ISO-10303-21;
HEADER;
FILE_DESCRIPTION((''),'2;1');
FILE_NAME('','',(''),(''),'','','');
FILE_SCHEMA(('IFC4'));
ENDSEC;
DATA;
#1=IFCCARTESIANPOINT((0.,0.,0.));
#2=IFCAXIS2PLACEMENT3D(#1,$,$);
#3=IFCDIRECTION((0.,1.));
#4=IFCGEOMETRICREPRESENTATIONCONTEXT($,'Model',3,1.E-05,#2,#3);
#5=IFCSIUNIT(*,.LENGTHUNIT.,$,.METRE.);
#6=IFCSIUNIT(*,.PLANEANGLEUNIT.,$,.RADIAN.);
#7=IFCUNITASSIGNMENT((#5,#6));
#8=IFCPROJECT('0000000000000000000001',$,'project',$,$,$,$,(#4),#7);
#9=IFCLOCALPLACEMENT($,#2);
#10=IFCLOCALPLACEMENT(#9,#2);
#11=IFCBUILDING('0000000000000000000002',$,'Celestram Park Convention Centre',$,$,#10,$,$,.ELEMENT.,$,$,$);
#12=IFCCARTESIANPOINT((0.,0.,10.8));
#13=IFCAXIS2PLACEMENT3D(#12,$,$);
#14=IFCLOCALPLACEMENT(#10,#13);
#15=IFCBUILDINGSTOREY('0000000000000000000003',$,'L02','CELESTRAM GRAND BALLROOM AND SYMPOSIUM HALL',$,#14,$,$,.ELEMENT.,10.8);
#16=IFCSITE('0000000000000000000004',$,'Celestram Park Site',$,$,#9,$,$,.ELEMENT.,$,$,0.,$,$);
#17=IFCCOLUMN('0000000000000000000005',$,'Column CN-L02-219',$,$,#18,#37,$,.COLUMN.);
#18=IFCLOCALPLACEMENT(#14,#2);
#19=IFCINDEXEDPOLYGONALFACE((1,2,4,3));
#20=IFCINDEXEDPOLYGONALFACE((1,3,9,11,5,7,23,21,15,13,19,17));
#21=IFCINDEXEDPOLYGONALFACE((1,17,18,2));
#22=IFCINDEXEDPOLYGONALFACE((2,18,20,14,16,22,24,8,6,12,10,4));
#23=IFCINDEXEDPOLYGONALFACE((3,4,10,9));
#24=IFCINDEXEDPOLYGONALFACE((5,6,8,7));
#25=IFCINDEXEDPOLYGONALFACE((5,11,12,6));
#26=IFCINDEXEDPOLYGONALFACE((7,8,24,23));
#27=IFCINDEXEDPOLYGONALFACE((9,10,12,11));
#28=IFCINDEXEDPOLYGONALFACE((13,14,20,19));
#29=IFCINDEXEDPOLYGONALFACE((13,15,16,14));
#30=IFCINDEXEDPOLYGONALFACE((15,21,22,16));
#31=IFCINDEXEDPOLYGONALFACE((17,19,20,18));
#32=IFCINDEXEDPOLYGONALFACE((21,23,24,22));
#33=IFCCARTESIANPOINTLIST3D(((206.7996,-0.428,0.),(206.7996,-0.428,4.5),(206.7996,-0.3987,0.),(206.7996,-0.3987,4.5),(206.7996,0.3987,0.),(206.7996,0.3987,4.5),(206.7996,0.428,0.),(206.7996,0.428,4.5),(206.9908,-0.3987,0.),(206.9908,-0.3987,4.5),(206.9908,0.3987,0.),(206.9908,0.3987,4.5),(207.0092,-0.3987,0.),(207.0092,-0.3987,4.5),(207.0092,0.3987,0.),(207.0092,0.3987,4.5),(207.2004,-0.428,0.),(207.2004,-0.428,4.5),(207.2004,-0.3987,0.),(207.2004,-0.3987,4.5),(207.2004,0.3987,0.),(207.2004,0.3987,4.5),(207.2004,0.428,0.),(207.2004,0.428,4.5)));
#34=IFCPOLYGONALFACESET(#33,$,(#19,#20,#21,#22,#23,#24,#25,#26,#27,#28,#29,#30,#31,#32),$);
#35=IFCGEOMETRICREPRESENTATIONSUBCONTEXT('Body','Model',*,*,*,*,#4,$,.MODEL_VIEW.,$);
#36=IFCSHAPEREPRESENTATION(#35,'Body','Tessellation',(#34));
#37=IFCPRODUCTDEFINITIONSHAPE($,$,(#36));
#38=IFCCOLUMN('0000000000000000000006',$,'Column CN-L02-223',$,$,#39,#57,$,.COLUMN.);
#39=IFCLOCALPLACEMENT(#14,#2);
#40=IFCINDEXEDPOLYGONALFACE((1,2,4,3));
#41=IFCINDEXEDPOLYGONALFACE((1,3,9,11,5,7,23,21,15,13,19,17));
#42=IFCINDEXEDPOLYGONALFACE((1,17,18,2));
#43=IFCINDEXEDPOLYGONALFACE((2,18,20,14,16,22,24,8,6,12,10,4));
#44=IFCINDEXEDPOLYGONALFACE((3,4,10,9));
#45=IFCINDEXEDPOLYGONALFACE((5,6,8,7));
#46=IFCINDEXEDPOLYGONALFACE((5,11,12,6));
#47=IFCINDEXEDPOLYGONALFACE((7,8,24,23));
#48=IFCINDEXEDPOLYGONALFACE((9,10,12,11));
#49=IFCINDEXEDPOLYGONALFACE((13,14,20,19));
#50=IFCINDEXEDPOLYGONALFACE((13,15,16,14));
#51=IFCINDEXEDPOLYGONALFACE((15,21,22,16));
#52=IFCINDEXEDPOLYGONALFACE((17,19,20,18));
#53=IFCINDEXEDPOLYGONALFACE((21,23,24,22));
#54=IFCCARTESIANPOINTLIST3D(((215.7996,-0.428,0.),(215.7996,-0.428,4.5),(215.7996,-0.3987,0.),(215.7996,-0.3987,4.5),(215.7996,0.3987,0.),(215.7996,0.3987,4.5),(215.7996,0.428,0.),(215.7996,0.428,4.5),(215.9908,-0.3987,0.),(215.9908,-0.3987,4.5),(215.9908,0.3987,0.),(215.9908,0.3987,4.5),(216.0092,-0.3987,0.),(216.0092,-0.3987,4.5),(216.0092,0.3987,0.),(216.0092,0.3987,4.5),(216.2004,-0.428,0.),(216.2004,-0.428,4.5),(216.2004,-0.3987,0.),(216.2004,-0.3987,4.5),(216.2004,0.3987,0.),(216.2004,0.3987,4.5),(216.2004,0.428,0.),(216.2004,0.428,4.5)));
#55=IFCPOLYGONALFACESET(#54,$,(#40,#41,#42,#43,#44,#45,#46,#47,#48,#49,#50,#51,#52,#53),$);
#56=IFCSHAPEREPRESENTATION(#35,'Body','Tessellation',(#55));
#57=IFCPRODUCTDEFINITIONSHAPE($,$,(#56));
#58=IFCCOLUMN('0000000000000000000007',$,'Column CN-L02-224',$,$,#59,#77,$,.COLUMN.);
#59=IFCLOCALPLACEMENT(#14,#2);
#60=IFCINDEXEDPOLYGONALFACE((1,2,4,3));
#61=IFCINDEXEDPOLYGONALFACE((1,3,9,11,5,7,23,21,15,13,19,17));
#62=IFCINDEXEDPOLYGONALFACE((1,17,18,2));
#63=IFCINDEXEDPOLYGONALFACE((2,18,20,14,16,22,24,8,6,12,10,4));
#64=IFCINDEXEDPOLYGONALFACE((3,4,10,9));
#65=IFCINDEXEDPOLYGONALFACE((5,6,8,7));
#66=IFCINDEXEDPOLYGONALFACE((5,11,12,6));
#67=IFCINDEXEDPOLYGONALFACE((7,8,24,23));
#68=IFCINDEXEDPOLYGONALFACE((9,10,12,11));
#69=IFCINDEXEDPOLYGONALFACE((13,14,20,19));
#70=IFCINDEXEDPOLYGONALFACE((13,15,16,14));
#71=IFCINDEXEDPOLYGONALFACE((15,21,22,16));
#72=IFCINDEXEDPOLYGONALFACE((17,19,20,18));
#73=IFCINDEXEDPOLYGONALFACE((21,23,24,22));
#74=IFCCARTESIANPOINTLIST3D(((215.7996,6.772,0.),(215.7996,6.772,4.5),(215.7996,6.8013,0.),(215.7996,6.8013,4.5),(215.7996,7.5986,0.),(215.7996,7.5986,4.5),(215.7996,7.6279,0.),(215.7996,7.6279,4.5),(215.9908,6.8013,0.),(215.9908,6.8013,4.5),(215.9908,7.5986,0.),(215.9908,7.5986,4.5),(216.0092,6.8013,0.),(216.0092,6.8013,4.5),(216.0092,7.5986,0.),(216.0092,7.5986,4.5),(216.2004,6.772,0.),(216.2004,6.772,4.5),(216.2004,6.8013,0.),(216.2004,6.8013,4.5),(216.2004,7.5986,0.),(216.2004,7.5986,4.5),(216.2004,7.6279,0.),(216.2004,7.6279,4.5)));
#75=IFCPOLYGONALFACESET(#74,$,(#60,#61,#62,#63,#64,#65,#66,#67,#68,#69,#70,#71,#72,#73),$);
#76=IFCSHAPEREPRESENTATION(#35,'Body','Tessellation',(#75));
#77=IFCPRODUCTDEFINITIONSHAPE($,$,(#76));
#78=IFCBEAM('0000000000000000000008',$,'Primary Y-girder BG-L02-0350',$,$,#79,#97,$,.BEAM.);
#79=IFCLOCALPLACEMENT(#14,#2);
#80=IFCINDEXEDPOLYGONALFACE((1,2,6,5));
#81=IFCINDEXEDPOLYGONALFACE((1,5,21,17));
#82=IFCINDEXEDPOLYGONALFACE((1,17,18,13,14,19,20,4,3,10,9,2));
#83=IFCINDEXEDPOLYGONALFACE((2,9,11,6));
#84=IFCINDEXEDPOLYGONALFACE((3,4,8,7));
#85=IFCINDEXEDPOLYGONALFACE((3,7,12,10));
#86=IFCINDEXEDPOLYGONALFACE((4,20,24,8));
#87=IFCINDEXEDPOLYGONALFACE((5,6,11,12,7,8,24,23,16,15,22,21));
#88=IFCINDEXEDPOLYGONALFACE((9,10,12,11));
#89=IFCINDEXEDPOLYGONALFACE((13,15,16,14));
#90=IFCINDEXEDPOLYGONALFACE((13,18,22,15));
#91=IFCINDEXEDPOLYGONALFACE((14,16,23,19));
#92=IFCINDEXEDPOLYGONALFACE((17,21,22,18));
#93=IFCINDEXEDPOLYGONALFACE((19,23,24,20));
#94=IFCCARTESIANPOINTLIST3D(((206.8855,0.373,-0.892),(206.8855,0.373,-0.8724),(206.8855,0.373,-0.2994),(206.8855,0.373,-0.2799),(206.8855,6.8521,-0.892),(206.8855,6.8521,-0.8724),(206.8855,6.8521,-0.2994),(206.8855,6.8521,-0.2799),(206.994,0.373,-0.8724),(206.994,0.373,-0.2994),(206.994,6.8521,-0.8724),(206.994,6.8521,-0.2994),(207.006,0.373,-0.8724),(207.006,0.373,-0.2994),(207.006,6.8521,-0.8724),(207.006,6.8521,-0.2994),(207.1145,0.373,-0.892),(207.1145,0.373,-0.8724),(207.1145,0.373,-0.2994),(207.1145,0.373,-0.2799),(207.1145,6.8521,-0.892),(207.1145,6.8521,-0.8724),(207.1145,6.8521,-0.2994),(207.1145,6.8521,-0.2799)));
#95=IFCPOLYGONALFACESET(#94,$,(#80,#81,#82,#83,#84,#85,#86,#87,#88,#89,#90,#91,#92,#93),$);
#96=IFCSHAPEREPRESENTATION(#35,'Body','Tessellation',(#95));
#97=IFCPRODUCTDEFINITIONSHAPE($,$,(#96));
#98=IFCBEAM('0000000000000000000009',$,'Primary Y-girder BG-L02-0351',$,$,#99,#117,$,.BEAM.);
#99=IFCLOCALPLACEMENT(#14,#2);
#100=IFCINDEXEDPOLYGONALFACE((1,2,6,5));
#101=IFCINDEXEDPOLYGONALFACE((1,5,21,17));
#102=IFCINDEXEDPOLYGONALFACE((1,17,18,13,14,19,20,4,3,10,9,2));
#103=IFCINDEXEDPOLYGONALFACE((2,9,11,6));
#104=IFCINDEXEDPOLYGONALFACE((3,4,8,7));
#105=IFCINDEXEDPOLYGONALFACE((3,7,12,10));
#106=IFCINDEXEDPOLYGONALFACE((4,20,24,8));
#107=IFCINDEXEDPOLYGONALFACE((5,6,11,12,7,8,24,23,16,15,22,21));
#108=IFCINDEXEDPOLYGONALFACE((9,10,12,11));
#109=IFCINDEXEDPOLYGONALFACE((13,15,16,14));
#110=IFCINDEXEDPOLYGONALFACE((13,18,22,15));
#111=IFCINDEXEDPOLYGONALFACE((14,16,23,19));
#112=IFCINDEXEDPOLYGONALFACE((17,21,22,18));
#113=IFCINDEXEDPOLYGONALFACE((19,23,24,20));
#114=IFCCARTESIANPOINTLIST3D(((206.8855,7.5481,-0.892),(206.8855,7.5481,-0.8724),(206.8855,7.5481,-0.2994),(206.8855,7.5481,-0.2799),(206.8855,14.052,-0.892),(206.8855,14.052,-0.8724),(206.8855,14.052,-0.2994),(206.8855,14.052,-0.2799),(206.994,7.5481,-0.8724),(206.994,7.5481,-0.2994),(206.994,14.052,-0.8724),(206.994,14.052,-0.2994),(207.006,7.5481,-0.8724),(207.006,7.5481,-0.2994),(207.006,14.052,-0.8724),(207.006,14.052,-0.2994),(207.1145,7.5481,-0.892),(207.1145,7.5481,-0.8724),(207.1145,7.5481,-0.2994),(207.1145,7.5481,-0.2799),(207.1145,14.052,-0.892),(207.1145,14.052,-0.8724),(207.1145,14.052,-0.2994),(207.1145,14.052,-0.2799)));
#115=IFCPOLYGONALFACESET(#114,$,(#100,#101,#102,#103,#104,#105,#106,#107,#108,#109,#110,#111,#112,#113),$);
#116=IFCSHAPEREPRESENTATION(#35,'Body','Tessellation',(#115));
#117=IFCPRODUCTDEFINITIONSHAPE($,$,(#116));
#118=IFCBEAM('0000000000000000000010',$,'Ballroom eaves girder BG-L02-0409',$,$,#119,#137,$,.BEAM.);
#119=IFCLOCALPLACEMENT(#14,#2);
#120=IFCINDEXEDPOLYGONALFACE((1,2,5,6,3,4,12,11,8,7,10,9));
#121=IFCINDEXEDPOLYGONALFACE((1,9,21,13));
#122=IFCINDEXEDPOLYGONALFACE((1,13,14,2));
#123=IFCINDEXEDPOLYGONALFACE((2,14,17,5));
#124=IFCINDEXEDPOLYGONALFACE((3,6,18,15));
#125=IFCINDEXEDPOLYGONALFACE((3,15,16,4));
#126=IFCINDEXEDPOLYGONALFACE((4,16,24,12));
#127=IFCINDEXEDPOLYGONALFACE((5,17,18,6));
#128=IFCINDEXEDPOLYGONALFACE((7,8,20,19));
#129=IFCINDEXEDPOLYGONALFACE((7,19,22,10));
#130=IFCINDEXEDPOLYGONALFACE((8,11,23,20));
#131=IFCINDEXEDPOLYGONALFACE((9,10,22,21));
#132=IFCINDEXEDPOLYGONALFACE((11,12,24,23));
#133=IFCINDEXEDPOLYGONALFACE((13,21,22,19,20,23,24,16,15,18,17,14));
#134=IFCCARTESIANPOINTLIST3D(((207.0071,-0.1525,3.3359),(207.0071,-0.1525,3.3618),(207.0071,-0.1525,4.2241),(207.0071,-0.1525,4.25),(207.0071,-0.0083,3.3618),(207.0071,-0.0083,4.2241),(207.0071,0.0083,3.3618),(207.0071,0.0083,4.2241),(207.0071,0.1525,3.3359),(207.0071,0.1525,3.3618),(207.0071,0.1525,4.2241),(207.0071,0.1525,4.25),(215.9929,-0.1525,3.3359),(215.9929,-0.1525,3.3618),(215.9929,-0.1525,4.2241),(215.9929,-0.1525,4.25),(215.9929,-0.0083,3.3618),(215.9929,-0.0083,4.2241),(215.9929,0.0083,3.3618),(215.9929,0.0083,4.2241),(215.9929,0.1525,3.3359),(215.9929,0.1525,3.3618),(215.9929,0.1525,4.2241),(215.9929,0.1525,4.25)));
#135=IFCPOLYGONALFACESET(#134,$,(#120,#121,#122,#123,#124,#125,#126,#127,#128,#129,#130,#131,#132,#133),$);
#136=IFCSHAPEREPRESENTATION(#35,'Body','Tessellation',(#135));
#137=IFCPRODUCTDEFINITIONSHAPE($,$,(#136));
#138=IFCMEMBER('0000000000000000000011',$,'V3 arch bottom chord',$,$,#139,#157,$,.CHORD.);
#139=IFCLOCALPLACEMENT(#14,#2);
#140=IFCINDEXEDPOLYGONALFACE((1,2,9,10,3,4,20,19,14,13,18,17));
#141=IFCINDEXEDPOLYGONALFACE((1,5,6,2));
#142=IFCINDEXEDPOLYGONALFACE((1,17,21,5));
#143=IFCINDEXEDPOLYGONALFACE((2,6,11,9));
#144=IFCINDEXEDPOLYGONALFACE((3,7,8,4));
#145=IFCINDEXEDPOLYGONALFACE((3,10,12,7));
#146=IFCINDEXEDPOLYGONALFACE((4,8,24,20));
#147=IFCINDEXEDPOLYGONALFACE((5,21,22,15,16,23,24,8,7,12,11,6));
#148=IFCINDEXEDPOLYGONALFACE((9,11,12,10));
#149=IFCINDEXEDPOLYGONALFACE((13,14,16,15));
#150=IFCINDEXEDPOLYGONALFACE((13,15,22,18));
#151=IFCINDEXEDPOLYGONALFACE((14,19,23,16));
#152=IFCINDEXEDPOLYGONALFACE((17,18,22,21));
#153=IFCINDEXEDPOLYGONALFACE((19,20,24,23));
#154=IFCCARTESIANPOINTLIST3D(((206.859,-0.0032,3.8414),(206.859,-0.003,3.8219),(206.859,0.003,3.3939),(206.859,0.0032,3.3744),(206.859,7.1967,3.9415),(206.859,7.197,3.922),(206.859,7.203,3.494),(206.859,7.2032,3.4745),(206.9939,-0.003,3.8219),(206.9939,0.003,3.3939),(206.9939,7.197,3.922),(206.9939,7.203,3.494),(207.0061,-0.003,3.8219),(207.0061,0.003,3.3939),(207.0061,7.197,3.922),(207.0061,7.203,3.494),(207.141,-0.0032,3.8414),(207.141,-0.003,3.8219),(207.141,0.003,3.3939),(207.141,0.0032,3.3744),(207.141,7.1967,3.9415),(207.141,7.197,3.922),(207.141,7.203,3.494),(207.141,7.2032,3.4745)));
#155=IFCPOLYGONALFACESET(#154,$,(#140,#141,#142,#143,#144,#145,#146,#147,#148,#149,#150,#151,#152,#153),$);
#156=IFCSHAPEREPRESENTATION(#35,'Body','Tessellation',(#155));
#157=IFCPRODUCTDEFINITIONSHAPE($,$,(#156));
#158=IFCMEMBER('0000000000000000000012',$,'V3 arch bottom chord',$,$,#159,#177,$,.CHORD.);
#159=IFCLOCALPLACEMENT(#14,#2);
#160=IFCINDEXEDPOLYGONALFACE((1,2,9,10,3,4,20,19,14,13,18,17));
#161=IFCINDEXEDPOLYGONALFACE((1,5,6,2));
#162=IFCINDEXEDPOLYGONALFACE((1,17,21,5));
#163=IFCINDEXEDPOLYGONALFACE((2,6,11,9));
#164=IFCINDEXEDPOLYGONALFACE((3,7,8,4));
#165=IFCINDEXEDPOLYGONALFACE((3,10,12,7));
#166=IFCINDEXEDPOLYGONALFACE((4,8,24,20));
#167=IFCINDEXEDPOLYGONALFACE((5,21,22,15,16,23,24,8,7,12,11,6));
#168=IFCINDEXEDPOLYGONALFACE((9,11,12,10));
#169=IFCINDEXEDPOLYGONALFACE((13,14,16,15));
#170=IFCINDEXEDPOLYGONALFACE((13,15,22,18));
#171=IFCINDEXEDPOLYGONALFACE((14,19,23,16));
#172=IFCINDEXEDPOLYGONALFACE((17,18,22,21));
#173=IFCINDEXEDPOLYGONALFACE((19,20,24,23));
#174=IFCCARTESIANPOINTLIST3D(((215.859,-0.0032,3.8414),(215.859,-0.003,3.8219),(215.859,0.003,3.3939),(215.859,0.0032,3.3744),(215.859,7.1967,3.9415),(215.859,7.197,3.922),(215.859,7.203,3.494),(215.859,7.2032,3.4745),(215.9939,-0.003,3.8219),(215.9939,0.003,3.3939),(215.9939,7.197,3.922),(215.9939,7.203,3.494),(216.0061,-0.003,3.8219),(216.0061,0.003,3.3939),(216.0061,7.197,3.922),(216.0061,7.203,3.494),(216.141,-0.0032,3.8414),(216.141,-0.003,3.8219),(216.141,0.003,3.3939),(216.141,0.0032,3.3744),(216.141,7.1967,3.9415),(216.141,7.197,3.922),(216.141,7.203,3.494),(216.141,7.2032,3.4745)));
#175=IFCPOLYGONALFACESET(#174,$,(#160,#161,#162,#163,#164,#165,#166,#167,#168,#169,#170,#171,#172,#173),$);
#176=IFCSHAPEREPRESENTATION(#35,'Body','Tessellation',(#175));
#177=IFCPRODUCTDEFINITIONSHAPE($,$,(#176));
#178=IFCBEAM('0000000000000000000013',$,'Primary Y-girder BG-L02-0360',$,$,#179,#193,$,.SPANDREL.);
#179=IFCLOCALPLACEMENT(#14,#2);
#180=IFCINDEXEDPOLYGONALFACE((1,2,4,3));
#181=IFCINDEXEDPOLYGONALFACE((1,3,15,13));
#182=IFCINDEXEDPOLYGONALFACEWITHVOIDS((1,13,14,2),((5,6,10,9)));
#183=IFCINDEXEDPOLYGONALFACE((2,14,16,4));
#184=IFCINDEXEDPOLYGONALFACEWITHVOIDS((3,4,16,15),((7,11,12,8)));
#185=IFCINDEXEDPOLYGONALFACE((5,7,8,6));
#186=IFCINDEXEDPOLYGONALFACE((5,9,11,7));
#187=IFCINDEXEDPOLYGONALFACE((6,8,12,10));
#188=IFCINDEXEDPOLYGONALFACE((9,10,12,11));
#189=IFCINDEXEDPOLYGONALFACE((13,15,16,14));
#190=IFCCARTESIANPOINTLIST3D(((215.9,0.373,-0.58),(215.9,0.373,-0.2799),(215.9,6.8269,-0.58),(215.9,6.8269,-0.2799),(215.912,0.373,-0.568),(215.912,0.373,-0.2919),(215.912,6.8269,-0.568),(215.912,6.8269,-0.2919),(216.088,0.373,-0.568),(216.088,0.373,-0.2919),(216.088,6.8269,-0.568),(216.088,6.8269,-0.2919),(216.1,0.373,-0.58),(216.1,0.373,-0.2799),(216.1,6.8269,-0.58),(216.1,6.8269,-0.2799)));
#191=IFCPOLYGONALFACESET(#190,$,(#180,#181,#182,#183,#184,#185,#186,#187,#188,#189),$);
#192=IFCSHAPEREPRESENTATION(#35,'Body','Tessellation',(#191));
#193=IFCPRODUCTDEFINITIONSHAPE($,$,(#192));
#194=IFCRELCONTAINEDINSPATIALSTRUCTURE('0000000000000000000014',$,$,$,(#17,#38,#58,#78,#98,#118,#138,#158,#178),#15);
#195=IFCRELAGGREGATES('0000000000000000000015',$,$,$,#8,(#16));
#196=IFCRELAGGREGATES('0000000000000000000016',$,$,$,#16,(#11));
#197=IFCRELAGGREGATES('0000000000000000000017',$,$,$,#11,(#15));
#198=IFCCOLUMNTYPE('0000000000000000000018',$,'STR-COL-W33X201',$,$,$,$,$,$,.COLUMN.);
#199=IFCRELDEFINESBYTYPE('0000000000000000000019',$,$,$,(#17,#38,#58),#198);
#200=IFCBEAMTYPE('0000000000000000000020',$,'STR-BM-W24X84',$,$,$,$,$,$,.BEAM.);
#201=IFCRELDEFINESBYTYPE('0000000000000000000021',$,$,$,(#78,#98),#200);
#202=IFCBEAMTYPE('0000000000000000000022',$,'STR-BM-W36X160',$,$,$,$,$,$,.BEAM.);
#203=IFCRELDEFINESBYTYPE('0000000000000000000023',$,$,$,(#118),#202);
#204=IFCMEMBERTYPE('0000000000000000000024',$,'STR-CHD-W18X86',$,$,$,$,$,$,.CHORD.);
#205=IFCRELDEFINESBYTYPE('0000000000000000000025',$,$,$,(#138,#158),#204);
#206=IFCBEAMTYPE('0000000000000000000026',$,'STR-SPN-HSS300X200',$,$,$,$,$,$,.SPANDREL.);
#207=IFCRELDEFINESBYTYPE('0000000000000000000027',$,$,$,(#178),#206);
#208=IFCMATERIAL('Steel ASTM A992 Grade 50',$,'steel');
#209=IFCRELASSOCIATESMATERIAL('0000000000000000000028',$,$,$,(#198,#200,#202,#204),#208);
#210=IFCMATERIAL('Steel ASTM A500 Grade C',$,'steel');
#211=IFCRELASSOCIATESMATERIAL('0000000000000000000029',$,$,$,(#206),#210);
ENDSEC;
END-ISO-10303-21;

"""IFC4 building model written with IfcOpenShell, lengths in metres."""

from ifc_helpers import new_model, si_unit, direction, frame, origin, origin_2d, place, context, subcontext, project, spatial, hollow_rectangle, i_section, extrude, material, material_profile, profile_set, type_object, element, save


model = new_model("IFC4")

# Units and contexts
model_context = context("Model", 3, precision=1e-05, world=origin(), true_north=direction((0.0, 1.0)))
body_context = subcontext(model_context, "Body", "Model", "MODEL_VIEW")
ifc_project = project(units=[si_unit("LENGTHUNIT", "METRE"), si_unit("PLANEANGLEUNIT", "RADIAN")], contexts=[model_context])

# Site, building, storey
site_placement = place(None, origin())
site = spatial("IfcSite", under=ifc_project, at=site_placement, Name="Celestram Park Site", CompositionType="ELEMENT", RefElevation=0.0)
building_placement = place(site_placement, origin())
building = spatial("IfcBuilding", under=site, at=building_placement, Name="Celestram Park Convention Centre", CompositionType="ELEMENT")
storey_placement = place(building_placement, frame((0.0, 0.0, 10.8)))
storey = spatial("IfcBuildingStorey", under=building, at=storey_placement, Name="L02", Description="CELESTRAM GRAND BALLROOM AND SYMPOSIUM HALL", CompositionType="ELEMENT", Elevation=10.8)

# Columns
ifc_material_1 = material(Name="Steel ASTM A992 Grade 50", Category="steel")
ifc_material_profile_1 = material_profile(ifc_material_1, i_section(OverallWidth=0.4009, OverallDepth=0.856, WebThickness=0.0183, FlangeThickness=0.0293, at=origin_2d()), Name="W33X201")
ifc_profile_set_1 = profile_set([ifc_material_profile_1], Name="Steel ASTM A992 Grade 50")
column_type = type_object("IfcColumnType", Name="STR-COL-W33X201", PredefinedType="COLUMN", material=ifc_profile_set_1)
for number, where, z_axis, x_axis, name in (
    (1, (207.0, 0.0, 0.0), (0.0, 0.0, 1.0), (1.0, 0.0, 0.0), "Column CN-L02-219"),
    (2, (216.0, 0.0, 0.0), (0.0, 0.0, 1.0), (1.0, 0.0, 0.0), "Column CN-L02-223"),
    (3, (216.0, 7.2, 0.0), (0.0, 0.0, 1.0), (1.0, 0.0, 0.0), "Column CN-L02-224"),
):
    element("IfcColumn", number, at=place(storey_placement, frame(where, z_axis=z_axis, x_axis=x_axis)), inside=storey, type_object=column_type, Name=name, PredefinedType="COLUMN", context=body_context, shape_type="SweptSolid", body=[
        extrude(i_section(OverallWidth=0.4009, OverallDepth=0.856, WebThickness=0.0183, FlangeThickness=0.0293, at=origin_2d()), origin(), (0.0, 0.0, 1.0), 4.5),
    ])

# Beams
ifc_material_profile_2 = material_profile(ifc_material_1, i_section(OverallWidth=0.229, OverallDepth=0.6121, WebThickness=0.012, FlangeThickness=0.0195, at=origin_2d()), Name="W24X84")
ifc_profile_set_2 = profile_set([ifc_material_profile_2], Name="Steel ASTM A992 Grade 50")
beam_type_1 = type_object("IfcBeamType", Name="STR-BM-W24X84", PredefinedType="BEAM", material=ifc_profile_set_2)
beam_1_placement = place(storey_placement, frame((207.0, 0.373, -0.5859), z_axis=(0.0, 1.0, 0.0), x_axis=(-1.0, 0.0, 0.0)))
element("IfcBeam", 4, at=beam_1_placement, inside=storey, type_object=beam_type_1, Name="Primary Y-girder BG-L02-0350", PredefinedType="BEAM", context=body_context, shape_type="SweptSolid", body=[
    extrude(i_section(OverallWidth=0.229, OverallDepth=0.6121, WebThickness=0.012, FlangeThickness=0.0195, at=origin_2d()), origin(), (0.0, 0.0, 1.0), 6.479),
])
beam_2_placement = place(storey_placement, frame((207.0, 7.5481, -0.5859), z_axis=(0.0, 1.0, 0.0), x_axis=(-1.0, 0.0, 0.0)))
element("IfcBeam", 5, at=beam_2_placement, inside=storey, type_object=beam_type_1, Name="Primary Y-girder BG-L02-0351", PredefinedType="BEAM", context=body_context, shape_type="SweptSolid", body=[
    extrude(i_section(OverallWidth=0.229, OverallDepth=0.6121, WebThickness=0.012, FlangeThickness=0.0195, at=origin_2d()), origin(), (0.0, 0.0, 1.0), 6.5039),
])
ifc_material_profile_3 = material_profile(ifc_material_1, i_section(OverallWidth=0.3049, OverallDepth=0.9141, WebThickness=0.0166, FlangeThickness=0.0259, at=origin_2d()), Name="W36X160")
ifc_profile_set_3 = profile_set([ifc_material_profile_3], Name="Steel ASTM A992 Grade 50")
beam_type_2 = type_object("IfcBeamType", Name="STR-BM-W36X160", PredefinedType="BEAM", material=ifc_profile_set_3)
beam_3_placement = place(storey_placement, frame((207.0071, 0.0, 3.793), z_axis=(1.0, 0.0, 0.0), x_axis=(0.0, 1.0, 0.0)))
element("IfcBeam", 6, at=beam_3_placement, inside=storey, type_object=beam_type_2, Name="Ballroom eaves girder BG-L02-0409", PredefinedType="BEAM", context=body_context, shape_type="SweptSolid", body=[
    extrude(i_section(OverallWidth=0.3049, OverallDepth=0.9141, WebThickness=0.0166, FlangeThickness=0.0259, at=origin_2d()), origin(), (0.0, 0.0, 1.0), 8.9858),
])

# Members
ifc_material_profile_4 = material_profile(ifc_material_1, i_section(OverallWidth=0.282, OverallDepth=0.467, WebThickness=0.0122, FlangeThickness=0.0195, at=origin_2d()), Name="W18X86")
ifc_profile_set_4 = profile_set([ifc_material_profile_4], Name="Steel ASTM A992 Grade 50")
member_type = type_object("IfcMemberType", Name="STR-CHD-W18X86", PredefinedType="CHORD", material=ifc_profile_set_4)
for number, where, z_axis, x_axis, name in (
    (7, (207.0, 0.0, 3.6079), (0.0, 0.999903, 0.013901), (-1.0, 0.0, 0.0), "V3 arch bottom chord"),
    (8, (216.0, 0.0, 3.6079), (0.0, 0.999903, 0.013901), (-1.0, 0.0, 0.0), "V3 arch bottom chord"),
):
    element("IfcMember", number, at=place(storey_placement, frame(where, z_axis=z_axis, x_axis=x_axis)), inside=storey, type_object=member_type, Name=name, PredefinedType="CHORD", context=body_context, shape_type="SweptSolid", body=[
        extrude(i_section(OverallWidth=0.282, OverallDepth=0.467, WebThickness=0.0122, FlangeThickness=0.0195, at=origin_2d()), origin(), (0.0, 0.0, 1.0), 7.2007),
    ])

# Beam
ifc_material_2 = material(Name="Steel ASTM A500 Grade C", Category="steel")
ifc_material_profile_5 = material_profile(ifc_material_2, hollow_rectangle(XDim=0.2, YDim=0.3, WallThickness=0.012, at=origin_2d()), Name="HSS300X200X12")
ifc_profile_set_5 = profile_set([ifc_material_profile_5], Name="Steel ASTM A500 Grade C")
beam_type_3 = type_object("IfcBeamType", Name="STR-SPN-HSS300X200", PredefinedType="SPANDREL", material=ifc_profile_set_5)
beam_4_placement = place(storey_placement, frame((216.0, 0.373, -0.4299), z_axis=(0.0, 1.0, 0.0), x_axis=(-1.0, 0.0, 0.0)))
element("IfcBeam", 9, at=beam_4_placement, inside=storey, type_object=beam_type_3, Name="Primary Y-girder BG-L02-0360", PredefinedType="SPANDREL", context=body_context, shape_type="SweptSolid", body=[
    extrude(hollow_rectangle(XDim=0.2, YDim=0.3, WallThickness=0.012, at=origin_2d()), origin(), (0.0, 0.0, 1.0), 6.4539),
])

save(model, "model.ifc")
